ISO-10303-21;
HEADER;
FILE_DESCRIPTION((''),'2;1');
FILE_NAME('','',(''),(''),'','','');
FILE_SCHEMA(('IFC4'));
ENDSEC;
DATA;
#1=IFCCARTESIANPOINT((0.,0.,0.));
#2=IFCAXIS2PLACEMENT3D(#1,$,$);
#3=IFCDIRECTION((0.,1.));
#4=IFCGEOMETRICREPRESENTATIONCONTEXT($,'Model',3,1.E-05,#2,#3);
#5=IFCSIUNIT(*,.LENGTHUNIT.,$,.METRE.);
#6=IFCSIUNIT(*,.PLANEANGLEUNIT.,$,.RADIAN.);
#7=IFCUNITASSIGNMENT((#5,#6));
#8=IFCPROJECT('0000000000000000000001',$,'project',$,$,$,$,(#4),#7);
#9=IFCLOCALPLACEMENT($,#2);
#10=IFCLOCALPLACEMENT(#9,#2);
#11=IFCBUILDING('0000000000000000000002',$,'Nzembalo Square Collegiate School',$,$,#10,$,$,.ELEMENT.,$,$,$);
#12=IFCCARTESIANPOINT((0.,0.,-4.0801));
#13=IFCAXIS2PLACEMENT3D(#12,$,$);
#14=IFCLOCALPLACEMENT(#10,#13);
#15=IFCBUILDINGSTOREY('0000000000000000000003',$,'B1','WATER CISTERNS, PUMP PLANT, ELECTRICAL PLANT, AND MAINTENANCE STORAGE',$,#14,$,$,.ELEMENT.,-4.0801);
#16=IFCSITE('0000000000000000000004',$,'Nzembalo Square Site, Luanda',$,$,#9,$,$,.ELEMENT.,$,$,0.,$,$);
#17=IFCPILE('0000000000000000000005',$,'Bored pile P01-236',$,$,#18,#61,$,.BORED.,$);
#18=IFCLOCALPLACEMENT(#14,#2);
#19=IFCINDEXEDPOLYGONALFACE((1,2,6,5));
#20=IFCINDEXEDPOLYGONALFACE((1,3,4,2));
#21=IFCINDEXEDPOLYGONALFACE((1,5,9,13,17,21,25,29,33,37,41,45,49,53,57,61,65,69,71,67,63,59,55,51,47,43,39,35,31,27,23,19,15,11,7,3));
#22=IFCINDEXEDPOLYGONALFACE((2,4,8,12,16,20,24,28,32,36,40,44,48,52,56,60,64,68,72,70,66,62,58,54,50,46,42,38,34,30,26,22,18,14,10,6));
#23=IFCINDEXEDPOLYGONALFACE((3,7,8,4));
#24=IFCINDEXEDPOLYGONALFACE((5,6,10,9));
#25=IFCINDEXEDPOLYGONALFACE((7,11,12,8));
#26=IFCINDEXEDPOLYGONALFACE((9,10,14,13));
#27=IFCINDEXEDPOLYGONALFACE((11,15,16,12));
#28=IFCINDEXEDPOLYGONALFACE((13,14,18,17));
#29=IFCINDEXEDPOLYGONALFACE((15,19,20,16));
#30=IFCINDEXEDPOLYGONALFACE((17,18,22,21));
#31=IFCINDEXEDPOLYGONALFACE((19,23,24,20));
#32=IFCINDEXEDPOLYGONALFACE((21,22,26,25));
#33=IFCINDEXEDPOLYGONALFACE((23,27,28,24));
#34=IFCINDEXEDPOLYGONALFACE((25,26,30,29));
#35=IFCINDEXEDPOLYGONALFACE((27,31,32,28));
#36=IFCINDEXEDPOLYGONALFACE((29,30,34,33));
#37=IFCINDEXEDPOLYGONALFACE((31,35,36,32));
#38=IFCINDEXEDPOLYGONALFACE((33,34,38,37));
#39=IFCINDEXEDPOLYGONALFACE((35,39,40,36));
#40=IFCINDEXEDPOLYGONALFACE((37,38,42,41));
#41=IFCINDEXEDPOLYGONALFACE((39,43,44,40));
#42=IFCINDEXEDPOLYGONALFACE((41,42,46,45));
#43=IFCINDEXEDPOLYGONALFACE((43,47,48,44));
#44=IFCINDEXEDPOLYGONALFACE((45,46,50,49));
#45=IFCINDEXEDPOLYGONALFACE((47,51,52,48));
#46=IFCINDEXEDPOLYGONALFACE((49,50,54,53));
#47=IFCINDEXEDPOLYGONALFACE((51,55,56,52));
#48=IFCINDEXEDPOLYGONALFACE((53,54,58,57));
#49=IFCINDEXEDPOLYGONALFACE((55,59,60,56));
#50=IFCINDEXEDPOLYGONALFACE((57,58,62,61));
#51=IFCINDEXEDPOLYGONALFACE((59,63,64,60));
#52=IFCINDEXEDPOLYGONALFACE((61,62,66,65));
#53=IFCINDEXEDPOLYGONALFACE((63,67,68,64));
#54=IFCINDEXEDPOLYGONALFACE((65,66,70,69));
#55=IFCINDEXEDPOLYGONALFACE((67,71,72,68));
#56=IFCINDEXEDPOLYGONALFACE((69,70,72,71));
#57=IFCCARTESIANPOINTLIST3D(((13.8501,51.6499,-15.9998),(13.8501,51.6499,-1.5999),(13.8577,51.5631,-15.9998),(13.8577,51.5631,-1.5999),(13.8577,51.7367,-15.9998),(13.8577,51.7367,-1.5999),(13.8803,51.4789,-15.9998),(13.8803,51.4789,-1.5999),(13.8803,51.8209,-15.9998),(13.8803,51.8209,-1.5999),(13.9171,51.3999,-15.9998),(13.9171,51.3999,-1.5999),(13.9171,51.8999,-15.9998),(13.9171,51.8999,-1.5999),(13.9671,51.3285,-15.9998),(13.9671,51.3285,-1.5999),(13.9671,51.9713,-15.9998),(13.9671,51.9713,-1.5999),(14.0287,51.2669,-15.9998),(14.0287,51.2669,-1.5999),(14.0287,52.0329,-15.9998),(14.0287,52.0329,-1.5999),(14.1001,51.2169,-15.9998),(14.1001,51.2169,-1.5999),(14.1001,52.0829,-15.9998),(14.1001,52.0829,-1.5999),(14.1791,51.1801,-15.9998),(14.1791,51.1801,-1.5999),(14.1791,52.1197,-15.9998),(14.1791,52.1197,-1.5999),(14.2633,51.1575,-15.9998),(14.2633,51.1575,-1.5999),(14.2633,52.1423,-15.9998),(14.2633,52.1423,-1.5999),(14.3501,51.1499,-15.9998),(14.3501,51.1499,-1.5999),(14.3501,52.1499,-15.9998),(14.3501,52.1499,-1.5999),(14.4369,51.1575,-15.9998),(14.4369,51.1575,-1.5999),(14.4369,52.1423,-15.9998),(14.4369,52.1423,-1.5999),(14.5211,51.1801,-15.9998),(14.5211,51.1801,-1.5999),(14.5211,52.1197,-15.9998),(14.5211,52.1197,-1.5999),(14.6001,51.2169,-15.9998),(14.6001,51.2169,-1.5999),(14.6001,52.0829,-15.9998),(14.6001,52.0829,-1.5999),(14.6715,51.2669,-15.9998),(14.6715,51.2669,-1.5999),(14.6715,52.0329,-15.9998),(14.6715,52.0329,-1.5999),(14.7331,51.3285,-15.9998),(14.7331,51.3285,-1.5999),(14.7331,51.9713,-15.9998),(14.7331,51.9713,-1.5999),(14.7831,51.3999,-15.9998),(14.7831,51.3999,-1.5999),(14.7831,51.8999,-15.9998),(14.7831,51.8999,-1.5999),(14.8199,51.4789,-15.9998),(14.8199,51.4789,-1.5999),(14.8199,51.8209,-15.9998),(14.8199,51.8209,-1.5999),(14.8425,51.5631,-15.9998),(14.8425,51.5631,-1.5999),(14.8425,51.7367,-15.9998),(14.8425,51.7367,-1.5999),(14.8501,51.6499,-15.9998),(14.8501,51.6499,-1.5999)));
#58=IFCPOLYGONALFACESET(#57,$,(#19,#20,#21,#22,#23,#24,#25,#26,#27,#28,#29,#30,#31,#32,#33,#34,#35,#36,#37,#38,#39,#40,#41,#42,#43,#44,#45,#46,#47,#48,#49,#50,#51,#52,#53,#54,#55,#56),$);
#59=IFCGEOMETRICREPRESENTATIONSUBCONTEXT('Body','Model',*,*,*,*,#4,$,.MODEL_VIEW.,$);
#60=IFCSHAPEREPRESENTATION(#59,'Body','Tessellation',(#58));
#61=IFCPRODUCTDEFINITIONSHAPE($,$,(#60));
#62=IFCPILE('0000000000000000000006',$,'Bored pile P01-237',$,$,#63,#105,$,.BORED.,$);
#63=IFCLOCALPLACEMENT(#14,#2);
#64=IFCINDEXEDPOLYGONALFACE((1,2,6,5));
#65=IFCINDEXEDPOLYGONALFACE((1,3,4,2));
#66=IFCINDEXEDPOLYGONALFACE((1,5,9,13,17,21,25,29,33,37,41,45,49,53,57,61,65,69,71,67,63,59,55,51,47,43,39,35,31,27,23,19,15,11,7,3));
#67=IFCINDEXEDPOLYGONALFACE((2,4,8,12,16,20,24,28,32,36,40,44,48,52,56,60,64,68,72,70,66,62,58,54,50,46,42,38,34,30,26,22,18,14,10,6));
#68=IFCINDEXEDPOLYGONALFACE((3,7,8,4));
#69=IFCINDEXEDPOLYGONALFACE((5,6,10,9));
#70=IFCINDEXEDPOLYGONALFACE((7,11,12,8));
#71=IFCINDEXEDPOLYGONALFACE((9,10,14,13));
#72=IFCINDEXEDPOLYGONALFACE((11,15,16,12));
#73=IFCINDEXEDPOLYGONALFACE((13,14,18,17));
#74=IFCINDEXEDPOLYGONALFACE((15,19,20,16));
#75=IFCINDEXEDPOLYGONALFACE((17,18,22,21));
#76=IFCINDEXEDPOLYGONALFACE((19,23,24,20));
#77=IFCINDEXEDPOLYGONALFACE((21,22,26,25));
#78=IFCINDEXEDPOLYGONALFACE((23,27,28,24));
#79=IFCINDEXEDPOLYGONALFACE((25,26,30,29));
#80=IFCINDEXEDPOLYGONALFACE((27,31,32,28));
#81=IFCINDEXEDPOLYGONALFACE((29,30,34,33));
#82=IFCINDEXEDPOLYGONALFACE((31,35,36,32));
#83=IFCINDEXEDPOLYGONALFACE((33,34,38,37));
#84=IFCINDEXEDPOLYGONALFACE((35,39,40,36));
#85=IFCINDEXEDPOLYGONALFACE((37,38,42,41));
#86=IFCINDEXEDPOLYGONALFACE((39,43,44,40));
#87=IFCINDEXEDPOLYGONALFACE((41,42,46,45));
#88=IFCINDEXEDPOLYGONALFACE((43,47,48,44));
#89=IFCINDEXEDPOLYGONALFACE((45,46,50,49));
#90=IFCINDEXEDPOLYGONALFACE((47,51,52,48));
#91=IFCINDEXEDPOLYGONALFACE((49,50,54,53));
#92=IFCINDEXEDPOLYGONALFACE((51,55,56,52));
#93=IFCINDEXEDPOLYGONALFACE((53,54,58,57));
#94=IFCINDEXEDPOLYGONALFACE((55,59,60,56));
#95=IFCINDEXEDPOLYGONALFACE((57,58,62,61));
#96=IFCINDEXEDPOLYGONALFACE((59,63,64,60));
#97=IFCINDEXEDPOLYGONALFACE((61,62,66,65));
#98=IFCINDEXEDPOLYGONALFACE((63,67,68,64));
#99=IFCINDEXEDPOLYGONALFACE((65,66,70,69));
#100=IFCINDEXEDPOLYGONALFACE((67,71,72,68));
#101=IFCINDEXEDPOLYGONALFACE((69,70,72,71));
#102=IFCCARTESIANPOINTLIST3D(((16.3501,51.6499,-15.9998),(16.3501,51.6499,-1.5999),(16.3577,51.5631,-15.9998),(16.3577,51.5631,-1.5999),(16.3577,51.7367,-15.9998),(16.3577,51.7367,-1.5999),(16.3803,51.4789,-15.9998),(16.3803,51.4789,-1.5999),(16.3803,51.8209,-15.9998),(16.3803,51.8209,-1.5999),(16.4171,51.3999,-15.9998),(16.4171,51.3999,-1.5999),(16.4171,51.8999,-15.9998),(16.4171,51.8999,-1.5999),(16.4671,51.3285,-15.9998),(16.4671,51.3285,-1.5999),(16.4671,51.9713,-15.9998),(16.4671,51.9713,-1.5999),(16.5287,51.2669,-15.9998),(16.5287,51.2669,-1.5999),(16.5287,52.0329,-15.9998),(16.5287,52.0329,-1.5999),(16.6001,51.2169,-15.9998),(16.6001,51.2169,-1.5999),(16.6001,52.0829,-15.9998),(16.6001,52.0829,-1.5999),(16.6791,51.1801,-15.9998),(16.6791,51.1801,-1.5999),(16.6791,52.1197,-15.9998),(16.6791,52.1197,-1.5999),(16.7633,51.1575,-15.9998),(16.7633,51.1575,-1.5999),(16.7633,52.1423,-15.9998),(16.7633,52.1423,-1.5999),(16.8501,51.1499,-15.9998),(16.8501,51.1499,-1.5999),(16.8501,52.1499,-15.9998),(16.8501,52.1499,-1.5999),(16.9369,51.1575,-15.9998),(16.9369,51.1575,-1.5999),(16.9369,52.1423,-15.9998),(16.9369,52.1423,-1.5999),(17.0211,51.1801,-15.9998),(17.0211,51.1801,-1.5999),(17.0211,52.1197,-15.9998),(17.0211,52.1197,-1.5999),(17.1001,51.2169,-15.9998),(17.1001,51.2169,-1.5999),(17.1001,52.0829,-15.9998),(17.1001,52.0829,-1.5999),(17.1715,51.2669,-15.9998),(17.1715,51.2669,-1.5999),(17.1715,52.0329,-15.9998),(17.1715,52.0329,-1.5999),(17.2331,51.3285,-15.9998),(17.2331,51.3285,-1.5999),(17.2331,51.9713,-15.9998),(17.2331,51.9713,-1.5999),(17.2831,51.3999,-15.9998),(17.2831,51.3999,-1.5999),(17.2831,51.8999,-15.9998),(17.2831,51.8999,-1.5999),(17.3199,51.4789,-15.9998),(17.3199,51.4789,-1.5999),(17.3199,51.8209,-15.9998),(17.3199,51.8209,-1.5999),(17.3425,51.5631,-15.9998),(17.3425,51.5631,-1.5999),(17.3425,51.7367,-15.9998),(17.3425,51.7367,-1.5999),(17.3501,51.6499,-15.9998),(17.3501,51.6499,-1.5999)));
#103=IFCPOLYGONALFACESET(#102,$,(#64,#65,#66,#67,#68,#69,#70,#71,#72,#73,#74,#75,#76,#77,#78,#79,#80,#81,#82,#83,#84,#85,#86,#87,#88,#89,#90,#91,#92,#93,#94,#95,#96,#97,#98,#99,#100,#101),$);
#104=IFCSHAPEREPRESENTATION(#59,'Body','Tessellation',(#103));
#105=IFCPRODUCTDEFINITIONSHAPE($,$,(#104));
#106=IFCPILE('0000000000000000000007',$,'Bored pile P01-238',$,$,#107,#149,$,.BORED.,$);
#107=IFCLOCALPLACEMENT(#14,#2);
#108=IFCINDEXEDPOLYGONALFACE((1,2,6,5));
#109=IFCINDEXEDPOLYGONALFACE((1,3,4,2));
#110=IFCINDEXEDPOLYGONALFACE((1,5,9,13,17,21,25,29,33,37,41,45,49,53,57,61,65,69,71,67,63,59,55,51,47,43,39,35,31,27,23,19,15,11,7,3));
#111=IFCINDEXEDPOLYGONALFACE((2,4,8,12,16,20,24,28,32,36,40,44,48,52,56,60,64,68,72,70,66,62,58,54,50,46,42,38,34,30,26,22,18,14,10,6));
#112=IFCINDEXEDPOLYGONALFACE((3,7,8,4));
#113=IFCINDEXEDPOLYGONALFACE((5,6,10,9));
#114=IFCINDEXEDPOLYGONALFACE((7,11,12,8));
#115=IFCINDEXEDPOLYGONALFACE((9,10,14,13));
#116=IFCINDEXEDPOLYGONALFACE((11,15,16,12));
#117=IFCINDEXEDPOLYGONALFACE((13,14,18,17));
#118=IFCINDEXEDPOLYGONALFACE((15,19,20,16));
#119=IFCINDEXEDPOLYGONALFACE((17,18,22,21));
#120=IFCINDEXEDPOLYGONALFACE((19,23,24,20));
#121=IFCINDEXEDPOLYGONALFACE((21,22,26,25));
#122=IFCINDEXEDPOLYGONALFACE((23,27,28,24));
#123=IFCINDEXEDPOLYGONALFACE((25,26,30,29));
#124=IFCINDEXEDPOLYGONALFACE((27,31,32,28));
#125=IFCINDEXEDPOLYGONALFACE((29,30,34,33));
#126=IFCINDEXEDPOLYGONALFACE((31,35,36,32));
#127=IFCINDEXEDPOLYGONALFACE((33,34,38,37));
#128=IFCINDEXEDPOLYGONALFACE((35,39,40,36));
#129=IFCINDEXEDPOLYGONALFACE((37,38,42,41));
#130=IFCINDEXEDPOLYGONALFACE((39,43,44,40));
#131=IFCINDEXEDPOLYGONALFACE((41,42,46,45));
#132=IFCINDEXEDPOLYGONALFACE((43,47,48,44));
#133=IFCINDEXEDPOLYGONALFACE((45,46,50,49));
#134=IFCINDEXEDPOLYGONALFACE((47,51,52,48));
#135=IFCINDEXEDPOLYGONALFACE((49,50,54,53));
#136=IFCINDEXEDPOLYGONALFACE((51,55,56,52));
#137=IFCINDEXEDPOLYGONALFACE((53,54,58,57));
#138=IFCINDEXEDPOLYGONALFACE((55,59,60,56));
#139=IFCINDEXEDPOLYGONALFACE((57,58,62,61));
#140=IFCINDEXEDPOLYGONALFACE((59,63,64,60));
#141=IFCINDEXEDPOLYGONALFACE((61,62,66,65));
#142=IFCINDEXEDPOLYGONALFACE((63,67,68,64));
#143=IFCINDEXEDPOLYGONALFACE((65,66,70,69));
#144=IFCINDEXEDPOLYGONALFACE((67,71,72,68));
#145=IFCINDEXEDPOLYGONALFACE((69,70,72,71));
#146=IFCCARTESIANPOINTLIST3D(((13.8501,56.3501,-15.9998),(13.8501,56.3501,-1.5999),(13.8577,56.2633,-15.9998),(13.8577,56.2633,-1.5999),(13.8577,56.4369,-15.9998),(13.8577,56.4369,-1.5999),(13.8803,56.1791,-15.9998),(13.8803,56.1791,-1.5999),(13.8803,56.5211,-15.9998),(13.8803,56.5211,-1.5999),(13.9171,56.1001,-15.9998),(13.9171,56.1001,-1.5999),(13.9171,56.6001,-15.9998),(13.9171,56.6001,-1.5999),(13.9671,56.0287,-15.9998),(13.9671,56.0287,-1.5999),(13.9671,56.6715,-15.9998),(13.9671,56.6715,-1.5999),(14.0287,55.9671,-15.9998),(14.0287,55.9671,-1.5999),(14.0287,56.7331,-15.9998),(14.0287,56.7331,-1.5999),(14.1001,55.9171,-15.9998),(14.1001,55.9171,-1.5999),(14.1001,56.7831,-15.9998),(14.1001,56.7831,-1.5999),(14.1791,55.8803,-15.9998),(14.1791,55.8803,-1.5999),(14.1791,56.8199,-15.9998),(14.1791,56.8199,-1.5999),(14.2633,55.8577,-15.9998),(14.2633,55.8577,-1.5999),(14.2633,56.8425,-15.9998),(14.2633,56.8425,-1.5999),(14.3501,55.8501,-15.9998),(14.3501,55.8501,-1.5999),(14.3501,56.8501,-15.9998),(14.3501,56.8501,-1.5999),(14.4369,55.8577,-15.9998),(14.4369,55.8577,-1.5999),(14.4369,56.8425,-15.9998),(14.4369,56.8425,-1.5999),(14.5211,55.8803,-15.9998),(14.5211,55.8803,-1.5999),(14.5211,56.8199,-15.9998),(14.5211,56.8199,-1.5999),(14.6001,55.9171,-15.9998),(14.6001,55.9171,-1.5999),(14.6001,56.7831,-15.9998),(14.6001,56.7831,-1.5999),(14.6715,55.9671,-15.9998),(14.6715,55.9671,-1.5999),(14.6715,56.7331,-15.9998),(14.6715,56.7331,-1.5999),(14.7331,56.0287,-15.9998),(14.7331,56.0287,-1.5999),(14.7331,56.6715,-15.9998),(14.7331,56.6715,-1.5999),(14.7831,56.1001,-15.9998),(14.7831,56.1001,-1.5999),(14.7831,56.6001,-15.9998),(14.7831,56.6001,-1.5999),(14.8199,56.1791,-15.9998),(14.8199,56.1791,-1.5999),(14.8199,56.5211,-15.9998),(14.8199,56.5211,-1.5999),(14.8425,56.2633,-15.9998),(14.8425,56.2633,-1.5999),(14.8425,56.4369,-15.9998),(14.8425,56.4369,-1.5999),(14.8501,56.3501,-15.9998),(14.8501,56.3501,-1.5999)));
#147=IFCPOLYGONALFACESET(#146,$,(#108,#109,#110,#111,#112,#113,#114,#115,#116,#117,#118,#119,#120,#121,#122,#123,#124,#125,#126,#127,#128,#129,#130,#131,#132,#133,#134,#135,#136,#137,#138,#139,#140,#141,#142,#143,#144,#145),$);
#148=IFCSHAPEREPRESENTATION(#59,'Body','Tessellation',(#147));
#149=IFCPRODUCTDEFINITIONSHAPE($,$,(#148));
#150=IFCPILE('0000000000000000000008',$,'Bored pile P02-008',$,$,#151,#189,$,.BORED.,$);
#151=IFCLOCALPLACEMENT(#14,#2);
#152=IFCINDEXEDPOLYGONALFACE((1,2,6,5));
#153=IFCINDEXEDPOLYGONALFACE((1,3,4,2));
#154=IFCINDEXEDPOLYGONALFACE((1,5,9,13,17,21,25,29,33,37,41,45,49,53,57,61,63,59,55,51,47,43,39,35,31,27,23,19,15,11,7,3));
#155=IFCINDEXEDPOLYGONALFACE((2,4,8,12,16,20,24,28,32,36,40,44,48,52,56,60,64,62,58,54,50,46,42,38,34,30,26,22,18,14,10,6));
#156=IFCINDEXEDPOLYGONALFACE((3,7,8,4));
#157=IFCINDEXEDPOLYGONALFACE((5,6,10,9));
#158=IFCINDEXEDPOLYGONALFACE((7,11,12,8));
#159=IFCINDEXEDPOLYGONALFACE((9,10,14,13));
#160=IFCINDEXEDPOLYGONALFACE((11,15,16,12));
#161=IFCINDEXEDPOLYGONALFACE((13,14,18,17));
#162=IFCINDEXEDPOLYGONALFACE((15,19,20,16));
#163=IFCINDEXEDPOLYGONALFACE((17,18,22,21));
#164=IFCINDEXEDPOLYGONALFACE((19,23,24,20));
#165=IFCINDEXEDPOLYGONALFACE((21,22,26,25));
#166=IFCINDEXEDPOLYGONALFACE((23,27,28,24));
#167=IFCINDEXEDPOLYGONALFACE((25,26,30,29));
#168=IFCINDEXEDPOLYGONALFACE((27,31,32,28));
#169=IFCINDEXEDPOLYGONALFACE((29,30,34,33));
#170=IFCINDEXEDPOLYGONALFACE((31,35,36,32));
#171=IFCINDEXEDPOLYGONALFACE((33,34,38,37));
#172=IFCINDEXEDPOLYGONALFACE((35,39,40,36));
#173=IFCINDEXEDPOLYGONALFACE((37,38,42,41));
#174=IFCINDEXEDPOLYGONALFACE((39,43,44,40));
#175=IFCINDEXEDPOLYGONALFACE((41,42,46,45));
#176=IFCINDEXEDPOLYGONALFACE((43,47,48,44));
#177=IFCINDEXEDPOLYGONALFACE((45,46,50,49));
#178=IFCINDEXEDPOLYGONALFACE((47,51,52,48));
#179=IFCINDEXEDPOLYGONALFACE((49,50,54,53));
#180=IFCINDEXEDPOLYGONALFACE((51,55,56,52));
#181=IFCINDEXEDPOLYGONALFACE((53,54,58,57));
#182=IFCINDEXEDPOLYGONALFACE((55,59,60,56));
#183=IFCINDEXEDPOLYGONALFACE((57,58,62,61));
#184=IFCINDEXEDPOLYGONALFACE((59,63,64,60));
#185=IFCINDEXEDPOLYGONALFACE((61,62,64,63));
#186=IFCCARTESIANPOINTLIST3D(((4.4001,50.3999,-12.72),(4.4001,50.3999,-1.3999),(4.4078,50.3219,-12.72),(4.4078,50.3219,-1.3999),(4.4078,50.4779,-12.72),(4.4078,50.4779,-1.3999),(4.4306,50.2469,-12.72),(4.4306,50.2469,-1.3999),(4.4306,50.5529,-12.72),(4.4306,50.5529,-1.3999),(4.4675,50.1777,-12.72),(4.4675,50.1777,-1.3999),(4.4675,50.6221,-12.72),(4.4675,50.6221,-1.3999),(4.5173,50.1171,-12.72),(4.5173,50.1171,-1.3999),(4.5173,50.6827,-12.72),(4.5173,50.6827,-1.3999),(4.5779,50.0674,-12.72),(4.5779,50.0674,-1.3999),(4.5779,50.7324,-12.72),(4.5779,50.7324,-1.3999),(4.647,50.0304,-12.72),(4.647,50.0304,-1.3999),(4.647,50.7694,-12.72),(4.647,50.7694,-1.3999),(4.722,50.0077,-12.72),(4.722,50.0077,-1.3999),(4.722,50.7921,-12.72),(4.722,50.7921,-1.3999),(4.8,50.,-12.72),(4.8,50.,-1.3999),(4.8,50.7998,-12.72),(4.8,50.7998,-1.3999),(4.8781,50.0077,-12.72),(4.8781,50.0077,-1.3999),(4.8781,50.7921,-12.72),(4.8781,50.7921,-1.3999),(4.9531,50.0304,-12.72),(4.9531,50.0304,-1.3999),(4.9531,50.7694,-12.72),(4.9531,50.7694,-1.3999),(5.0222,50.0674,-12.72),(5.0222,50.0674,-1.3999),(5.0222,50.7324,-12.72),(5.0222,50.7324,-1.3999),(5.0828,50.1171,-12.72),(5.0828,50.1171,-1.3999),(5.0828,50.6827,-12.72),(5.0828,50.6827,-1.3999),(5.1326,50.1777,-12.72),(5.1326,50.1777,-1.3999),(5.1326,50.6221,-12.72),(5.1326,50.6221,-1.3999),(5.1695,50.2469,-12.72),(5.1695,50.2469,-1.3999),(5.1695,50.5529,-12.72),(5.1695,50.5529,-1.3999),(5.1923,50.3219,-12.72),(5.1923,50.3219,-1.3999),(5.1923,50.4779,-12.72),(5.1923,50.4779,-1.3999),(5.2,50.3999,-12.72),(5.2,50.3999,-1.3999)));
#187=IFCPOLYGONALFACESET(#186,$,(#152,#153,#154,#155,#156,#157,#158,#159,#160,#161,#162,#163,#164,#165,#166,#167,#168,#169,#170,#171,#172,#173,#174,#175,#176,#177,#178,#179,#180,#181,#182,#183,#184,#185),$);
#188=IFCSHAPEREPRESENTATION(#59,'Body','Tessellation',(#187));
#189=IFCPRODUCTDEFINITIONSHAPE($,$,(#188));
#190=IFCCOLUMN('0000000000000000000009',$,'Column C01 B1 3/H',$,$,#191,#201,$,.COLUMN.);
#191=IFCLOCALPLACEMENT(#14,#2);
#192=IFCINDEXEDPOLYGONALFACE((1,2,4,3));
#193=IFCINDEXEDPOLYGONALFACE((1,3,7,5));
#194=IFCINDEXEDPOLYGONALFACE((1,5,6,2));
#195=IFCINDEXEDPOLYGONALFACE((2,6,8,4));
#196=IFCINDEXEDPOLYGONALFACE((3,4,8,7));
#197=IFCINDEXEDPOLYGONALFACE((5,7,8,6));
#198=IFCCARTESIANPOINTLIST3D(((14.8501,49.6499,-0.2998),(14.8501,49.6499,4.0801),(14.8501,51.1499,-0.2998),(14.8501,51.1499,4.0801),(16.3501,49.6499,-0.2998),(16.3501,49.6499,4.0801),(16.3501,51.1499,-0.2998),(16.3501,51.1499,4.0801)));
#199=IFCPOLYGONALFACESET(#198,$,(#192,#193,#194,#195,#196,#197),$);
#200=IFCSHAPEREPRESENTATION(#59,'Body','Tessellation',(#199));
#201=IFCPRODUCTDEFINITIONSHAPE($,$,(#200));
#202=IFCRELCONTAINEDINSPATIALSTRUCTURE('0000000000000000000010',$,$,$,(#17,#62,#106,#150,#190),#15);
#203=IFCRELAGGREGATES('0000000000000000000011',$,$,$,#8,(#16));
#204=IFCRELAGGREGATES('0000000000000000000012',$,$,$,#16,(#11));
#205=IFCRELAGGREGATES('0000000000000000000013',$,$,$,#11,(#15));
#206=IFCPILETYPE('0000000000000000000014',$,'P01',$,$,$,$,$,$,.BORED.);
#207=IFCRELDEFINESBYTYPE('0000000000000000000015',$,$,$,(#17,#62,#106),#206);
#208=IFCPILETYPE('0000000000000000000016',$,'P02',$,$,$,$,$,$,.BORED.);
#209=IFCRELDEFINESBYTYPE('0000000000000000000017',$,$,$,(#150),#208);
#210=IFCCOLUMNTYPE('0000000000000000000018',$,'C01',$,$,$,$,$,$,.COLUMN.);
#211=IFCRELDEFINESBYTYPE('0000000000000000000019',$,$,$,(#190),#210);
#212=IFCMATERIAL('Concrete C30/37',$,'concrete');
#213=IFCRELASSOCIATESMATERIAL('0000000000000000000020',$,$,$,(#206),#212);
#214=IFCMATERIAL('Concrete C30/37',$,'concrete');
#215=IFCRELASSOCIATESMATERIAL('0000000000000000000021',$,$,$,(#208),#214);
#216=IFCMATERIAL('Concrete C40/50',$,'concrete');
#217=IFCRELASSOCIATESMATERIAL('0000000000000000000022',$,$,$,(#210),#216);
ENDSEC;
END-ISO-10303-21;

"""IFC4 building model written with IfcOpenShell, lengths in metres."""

from ifc_helpers import new_model, si_unit, direction, frame, origin, origin_2d, place, context, subcontext, project, spatial, rectangle, circle, extrude, material, material_profile, profile_set, type_object, element, save


model = new_model("IFC4")

# Units and contexts
model_context = context("Model", 3, precision=1e-05, world=origin(), true_north=direction((0.0, 1.0)))
body_context = subcontext(model_context, "Body", "Model", "MODEL_VIEW")
ifc_project = project(units=[si_unit("LENGTHUNIT", "METRE"), si_unit("PLANEANGLEUNIT", "RADIAN")], contexts=[model_context])

# Site, building, storey
site_placement = place(None, origin())
site = spatial("IfcSite", under=ifc_project, at=site_placement, Name="Nzembalo Square Site, Luanda", CompositionType="ELEMENT", RefElevation=0.0)
building_placement = place(site_placement, origin())
building = spatial("IfcBuilding", under=site, at=building_placement, Name="Nzembalo Square Collegiate School", CompositionType="ELEMENT")
storey_placement = place(building_placement, frame((0.0, 0.0, -4.0801)))
storey = spatial("IfcBuildingStorey", under=building, at=storey_placement, Name="B1", Description="WATER CISTERNS, PUMP PLANT, ELECTRICAL PLANT, AND MAINTENANCE STORAGE", CompositionType="ELEMENT", Elevation=-4.0801)

# Piles
ifc_material_1 = material(Name="Concrete C30/37", Category="concrete")
ifc_material_profile_1 = material_profile(ifc_material_1, circle(Radius=0.5, at=origin_2d()), Name="PILE D1000")
ifc_profile_set_1 = profile_set([ifc_material_profile_1], Name="Concrete C30/37")
pile_type_1 = type_object("IfcPileType", Name="P01", PredefinedType="BORED", material=ifc_profile_set_1)
for number, where, z_axis, x_axis, name in (
    (1, (14.3501, 51.6499, -1.5999), (0.0, 0.0, -1.0), (1.0, 0.0, 0.0), "Bored pile P01-236"),
    (2, (16.8501, 51.6499, -1.5999), (0.0, 0.0, -1.0), (1.0, 0.0, 0.0), "Bored pile P01-237"),
    (3, (14.3501, 56.3501, -1.5999), (0.0, 0.0, -1.0), (1.0, 0.0, 0.0), "Bored pile P01-238"),
):
    element("IfcPile", number, at=place(storey_placement, frame(where, z_axis=z_axis, x_axis=x_axis)), inside=storey, type_object=pile_type_1, Name=name, PredefinedType="BORED", context=body_context, shape_type="SweptSolid", body=[
        extrude(circle(Radius=0.5, at=origin_2d()), origin(), (0.0, 0.0, 1.0), 14.3999),
    ])
ifc_material_2 = material(Name="Concrete C30/37", Category="concrete")
ifc_material_profile_2 = material_profile(ifc_material_2, circle(Radius=0.3999, at=origin_2d()), Name="PILE D800")
ifc_profile_set_2 = profile_set([ifc_material_profile_2], Name="Concrete C30/37")
pile_type_2 = type_object("IfcPileType", Name="P02", PredefinedType="BORED", material=ifc_profile_set_2)
pile_1_placement = place(storey_placement, frame((4.8, 50.3999, -1.3999), z_axis=(0.0, 0.0, -1.0), x_axis=(1.0, 0.0, 0.0)))
element("IfcPile", 4, at=pile_1_placement, inside=storey, type_object=pile_type_2, Name="Bored pile P02-008", PredefinedType="BORED", context=body_context, shape_type="SweptSolid", body=[
    extrude(circle(Radius=0.3999, at=origin_2d()), origin(), (0.0, 0.0, 1.0), 11.3201),
])

# Column
ifc_material_3 = material(Name="Concrete C40/50", Category="concrete")
ifc_material_profile_3 = material_profile(ifc_material_3, rectangle(XDim=1.5, YDim=1.5, at=origin_2d()), Name="RC 1500x1500")
ifc_profile_set_3 = profile_set([ifc_material_profile_3], Name="Concrete C40/50")
column_type_1 = type_object("IfcColumnType", Name="C01", PredefinedType="COLUMN", material=ifc_profile_set_3)
column_placement = place(storey_placement, frame((15.6001, 50.3999, -0.2998), z_axis=(0.0, 0.0, 1.0), x_axis=(1.0, 0.0, 0.0)))
element("IfcColumn", 5, at=column_placement, inside=storey, type_object=column_type_1, Name="Column C01 B1 3/H", PredefinedType="COLUMN", context=body_context, shape_type="SweptSolid", body=[
    extrude(rectangle(XDim=1.5, YDim=1.5, at=origin_2d()), origin(), (0.0, 0.0, 1.0), 4.3799),
])

save(model, "model.ifc")
